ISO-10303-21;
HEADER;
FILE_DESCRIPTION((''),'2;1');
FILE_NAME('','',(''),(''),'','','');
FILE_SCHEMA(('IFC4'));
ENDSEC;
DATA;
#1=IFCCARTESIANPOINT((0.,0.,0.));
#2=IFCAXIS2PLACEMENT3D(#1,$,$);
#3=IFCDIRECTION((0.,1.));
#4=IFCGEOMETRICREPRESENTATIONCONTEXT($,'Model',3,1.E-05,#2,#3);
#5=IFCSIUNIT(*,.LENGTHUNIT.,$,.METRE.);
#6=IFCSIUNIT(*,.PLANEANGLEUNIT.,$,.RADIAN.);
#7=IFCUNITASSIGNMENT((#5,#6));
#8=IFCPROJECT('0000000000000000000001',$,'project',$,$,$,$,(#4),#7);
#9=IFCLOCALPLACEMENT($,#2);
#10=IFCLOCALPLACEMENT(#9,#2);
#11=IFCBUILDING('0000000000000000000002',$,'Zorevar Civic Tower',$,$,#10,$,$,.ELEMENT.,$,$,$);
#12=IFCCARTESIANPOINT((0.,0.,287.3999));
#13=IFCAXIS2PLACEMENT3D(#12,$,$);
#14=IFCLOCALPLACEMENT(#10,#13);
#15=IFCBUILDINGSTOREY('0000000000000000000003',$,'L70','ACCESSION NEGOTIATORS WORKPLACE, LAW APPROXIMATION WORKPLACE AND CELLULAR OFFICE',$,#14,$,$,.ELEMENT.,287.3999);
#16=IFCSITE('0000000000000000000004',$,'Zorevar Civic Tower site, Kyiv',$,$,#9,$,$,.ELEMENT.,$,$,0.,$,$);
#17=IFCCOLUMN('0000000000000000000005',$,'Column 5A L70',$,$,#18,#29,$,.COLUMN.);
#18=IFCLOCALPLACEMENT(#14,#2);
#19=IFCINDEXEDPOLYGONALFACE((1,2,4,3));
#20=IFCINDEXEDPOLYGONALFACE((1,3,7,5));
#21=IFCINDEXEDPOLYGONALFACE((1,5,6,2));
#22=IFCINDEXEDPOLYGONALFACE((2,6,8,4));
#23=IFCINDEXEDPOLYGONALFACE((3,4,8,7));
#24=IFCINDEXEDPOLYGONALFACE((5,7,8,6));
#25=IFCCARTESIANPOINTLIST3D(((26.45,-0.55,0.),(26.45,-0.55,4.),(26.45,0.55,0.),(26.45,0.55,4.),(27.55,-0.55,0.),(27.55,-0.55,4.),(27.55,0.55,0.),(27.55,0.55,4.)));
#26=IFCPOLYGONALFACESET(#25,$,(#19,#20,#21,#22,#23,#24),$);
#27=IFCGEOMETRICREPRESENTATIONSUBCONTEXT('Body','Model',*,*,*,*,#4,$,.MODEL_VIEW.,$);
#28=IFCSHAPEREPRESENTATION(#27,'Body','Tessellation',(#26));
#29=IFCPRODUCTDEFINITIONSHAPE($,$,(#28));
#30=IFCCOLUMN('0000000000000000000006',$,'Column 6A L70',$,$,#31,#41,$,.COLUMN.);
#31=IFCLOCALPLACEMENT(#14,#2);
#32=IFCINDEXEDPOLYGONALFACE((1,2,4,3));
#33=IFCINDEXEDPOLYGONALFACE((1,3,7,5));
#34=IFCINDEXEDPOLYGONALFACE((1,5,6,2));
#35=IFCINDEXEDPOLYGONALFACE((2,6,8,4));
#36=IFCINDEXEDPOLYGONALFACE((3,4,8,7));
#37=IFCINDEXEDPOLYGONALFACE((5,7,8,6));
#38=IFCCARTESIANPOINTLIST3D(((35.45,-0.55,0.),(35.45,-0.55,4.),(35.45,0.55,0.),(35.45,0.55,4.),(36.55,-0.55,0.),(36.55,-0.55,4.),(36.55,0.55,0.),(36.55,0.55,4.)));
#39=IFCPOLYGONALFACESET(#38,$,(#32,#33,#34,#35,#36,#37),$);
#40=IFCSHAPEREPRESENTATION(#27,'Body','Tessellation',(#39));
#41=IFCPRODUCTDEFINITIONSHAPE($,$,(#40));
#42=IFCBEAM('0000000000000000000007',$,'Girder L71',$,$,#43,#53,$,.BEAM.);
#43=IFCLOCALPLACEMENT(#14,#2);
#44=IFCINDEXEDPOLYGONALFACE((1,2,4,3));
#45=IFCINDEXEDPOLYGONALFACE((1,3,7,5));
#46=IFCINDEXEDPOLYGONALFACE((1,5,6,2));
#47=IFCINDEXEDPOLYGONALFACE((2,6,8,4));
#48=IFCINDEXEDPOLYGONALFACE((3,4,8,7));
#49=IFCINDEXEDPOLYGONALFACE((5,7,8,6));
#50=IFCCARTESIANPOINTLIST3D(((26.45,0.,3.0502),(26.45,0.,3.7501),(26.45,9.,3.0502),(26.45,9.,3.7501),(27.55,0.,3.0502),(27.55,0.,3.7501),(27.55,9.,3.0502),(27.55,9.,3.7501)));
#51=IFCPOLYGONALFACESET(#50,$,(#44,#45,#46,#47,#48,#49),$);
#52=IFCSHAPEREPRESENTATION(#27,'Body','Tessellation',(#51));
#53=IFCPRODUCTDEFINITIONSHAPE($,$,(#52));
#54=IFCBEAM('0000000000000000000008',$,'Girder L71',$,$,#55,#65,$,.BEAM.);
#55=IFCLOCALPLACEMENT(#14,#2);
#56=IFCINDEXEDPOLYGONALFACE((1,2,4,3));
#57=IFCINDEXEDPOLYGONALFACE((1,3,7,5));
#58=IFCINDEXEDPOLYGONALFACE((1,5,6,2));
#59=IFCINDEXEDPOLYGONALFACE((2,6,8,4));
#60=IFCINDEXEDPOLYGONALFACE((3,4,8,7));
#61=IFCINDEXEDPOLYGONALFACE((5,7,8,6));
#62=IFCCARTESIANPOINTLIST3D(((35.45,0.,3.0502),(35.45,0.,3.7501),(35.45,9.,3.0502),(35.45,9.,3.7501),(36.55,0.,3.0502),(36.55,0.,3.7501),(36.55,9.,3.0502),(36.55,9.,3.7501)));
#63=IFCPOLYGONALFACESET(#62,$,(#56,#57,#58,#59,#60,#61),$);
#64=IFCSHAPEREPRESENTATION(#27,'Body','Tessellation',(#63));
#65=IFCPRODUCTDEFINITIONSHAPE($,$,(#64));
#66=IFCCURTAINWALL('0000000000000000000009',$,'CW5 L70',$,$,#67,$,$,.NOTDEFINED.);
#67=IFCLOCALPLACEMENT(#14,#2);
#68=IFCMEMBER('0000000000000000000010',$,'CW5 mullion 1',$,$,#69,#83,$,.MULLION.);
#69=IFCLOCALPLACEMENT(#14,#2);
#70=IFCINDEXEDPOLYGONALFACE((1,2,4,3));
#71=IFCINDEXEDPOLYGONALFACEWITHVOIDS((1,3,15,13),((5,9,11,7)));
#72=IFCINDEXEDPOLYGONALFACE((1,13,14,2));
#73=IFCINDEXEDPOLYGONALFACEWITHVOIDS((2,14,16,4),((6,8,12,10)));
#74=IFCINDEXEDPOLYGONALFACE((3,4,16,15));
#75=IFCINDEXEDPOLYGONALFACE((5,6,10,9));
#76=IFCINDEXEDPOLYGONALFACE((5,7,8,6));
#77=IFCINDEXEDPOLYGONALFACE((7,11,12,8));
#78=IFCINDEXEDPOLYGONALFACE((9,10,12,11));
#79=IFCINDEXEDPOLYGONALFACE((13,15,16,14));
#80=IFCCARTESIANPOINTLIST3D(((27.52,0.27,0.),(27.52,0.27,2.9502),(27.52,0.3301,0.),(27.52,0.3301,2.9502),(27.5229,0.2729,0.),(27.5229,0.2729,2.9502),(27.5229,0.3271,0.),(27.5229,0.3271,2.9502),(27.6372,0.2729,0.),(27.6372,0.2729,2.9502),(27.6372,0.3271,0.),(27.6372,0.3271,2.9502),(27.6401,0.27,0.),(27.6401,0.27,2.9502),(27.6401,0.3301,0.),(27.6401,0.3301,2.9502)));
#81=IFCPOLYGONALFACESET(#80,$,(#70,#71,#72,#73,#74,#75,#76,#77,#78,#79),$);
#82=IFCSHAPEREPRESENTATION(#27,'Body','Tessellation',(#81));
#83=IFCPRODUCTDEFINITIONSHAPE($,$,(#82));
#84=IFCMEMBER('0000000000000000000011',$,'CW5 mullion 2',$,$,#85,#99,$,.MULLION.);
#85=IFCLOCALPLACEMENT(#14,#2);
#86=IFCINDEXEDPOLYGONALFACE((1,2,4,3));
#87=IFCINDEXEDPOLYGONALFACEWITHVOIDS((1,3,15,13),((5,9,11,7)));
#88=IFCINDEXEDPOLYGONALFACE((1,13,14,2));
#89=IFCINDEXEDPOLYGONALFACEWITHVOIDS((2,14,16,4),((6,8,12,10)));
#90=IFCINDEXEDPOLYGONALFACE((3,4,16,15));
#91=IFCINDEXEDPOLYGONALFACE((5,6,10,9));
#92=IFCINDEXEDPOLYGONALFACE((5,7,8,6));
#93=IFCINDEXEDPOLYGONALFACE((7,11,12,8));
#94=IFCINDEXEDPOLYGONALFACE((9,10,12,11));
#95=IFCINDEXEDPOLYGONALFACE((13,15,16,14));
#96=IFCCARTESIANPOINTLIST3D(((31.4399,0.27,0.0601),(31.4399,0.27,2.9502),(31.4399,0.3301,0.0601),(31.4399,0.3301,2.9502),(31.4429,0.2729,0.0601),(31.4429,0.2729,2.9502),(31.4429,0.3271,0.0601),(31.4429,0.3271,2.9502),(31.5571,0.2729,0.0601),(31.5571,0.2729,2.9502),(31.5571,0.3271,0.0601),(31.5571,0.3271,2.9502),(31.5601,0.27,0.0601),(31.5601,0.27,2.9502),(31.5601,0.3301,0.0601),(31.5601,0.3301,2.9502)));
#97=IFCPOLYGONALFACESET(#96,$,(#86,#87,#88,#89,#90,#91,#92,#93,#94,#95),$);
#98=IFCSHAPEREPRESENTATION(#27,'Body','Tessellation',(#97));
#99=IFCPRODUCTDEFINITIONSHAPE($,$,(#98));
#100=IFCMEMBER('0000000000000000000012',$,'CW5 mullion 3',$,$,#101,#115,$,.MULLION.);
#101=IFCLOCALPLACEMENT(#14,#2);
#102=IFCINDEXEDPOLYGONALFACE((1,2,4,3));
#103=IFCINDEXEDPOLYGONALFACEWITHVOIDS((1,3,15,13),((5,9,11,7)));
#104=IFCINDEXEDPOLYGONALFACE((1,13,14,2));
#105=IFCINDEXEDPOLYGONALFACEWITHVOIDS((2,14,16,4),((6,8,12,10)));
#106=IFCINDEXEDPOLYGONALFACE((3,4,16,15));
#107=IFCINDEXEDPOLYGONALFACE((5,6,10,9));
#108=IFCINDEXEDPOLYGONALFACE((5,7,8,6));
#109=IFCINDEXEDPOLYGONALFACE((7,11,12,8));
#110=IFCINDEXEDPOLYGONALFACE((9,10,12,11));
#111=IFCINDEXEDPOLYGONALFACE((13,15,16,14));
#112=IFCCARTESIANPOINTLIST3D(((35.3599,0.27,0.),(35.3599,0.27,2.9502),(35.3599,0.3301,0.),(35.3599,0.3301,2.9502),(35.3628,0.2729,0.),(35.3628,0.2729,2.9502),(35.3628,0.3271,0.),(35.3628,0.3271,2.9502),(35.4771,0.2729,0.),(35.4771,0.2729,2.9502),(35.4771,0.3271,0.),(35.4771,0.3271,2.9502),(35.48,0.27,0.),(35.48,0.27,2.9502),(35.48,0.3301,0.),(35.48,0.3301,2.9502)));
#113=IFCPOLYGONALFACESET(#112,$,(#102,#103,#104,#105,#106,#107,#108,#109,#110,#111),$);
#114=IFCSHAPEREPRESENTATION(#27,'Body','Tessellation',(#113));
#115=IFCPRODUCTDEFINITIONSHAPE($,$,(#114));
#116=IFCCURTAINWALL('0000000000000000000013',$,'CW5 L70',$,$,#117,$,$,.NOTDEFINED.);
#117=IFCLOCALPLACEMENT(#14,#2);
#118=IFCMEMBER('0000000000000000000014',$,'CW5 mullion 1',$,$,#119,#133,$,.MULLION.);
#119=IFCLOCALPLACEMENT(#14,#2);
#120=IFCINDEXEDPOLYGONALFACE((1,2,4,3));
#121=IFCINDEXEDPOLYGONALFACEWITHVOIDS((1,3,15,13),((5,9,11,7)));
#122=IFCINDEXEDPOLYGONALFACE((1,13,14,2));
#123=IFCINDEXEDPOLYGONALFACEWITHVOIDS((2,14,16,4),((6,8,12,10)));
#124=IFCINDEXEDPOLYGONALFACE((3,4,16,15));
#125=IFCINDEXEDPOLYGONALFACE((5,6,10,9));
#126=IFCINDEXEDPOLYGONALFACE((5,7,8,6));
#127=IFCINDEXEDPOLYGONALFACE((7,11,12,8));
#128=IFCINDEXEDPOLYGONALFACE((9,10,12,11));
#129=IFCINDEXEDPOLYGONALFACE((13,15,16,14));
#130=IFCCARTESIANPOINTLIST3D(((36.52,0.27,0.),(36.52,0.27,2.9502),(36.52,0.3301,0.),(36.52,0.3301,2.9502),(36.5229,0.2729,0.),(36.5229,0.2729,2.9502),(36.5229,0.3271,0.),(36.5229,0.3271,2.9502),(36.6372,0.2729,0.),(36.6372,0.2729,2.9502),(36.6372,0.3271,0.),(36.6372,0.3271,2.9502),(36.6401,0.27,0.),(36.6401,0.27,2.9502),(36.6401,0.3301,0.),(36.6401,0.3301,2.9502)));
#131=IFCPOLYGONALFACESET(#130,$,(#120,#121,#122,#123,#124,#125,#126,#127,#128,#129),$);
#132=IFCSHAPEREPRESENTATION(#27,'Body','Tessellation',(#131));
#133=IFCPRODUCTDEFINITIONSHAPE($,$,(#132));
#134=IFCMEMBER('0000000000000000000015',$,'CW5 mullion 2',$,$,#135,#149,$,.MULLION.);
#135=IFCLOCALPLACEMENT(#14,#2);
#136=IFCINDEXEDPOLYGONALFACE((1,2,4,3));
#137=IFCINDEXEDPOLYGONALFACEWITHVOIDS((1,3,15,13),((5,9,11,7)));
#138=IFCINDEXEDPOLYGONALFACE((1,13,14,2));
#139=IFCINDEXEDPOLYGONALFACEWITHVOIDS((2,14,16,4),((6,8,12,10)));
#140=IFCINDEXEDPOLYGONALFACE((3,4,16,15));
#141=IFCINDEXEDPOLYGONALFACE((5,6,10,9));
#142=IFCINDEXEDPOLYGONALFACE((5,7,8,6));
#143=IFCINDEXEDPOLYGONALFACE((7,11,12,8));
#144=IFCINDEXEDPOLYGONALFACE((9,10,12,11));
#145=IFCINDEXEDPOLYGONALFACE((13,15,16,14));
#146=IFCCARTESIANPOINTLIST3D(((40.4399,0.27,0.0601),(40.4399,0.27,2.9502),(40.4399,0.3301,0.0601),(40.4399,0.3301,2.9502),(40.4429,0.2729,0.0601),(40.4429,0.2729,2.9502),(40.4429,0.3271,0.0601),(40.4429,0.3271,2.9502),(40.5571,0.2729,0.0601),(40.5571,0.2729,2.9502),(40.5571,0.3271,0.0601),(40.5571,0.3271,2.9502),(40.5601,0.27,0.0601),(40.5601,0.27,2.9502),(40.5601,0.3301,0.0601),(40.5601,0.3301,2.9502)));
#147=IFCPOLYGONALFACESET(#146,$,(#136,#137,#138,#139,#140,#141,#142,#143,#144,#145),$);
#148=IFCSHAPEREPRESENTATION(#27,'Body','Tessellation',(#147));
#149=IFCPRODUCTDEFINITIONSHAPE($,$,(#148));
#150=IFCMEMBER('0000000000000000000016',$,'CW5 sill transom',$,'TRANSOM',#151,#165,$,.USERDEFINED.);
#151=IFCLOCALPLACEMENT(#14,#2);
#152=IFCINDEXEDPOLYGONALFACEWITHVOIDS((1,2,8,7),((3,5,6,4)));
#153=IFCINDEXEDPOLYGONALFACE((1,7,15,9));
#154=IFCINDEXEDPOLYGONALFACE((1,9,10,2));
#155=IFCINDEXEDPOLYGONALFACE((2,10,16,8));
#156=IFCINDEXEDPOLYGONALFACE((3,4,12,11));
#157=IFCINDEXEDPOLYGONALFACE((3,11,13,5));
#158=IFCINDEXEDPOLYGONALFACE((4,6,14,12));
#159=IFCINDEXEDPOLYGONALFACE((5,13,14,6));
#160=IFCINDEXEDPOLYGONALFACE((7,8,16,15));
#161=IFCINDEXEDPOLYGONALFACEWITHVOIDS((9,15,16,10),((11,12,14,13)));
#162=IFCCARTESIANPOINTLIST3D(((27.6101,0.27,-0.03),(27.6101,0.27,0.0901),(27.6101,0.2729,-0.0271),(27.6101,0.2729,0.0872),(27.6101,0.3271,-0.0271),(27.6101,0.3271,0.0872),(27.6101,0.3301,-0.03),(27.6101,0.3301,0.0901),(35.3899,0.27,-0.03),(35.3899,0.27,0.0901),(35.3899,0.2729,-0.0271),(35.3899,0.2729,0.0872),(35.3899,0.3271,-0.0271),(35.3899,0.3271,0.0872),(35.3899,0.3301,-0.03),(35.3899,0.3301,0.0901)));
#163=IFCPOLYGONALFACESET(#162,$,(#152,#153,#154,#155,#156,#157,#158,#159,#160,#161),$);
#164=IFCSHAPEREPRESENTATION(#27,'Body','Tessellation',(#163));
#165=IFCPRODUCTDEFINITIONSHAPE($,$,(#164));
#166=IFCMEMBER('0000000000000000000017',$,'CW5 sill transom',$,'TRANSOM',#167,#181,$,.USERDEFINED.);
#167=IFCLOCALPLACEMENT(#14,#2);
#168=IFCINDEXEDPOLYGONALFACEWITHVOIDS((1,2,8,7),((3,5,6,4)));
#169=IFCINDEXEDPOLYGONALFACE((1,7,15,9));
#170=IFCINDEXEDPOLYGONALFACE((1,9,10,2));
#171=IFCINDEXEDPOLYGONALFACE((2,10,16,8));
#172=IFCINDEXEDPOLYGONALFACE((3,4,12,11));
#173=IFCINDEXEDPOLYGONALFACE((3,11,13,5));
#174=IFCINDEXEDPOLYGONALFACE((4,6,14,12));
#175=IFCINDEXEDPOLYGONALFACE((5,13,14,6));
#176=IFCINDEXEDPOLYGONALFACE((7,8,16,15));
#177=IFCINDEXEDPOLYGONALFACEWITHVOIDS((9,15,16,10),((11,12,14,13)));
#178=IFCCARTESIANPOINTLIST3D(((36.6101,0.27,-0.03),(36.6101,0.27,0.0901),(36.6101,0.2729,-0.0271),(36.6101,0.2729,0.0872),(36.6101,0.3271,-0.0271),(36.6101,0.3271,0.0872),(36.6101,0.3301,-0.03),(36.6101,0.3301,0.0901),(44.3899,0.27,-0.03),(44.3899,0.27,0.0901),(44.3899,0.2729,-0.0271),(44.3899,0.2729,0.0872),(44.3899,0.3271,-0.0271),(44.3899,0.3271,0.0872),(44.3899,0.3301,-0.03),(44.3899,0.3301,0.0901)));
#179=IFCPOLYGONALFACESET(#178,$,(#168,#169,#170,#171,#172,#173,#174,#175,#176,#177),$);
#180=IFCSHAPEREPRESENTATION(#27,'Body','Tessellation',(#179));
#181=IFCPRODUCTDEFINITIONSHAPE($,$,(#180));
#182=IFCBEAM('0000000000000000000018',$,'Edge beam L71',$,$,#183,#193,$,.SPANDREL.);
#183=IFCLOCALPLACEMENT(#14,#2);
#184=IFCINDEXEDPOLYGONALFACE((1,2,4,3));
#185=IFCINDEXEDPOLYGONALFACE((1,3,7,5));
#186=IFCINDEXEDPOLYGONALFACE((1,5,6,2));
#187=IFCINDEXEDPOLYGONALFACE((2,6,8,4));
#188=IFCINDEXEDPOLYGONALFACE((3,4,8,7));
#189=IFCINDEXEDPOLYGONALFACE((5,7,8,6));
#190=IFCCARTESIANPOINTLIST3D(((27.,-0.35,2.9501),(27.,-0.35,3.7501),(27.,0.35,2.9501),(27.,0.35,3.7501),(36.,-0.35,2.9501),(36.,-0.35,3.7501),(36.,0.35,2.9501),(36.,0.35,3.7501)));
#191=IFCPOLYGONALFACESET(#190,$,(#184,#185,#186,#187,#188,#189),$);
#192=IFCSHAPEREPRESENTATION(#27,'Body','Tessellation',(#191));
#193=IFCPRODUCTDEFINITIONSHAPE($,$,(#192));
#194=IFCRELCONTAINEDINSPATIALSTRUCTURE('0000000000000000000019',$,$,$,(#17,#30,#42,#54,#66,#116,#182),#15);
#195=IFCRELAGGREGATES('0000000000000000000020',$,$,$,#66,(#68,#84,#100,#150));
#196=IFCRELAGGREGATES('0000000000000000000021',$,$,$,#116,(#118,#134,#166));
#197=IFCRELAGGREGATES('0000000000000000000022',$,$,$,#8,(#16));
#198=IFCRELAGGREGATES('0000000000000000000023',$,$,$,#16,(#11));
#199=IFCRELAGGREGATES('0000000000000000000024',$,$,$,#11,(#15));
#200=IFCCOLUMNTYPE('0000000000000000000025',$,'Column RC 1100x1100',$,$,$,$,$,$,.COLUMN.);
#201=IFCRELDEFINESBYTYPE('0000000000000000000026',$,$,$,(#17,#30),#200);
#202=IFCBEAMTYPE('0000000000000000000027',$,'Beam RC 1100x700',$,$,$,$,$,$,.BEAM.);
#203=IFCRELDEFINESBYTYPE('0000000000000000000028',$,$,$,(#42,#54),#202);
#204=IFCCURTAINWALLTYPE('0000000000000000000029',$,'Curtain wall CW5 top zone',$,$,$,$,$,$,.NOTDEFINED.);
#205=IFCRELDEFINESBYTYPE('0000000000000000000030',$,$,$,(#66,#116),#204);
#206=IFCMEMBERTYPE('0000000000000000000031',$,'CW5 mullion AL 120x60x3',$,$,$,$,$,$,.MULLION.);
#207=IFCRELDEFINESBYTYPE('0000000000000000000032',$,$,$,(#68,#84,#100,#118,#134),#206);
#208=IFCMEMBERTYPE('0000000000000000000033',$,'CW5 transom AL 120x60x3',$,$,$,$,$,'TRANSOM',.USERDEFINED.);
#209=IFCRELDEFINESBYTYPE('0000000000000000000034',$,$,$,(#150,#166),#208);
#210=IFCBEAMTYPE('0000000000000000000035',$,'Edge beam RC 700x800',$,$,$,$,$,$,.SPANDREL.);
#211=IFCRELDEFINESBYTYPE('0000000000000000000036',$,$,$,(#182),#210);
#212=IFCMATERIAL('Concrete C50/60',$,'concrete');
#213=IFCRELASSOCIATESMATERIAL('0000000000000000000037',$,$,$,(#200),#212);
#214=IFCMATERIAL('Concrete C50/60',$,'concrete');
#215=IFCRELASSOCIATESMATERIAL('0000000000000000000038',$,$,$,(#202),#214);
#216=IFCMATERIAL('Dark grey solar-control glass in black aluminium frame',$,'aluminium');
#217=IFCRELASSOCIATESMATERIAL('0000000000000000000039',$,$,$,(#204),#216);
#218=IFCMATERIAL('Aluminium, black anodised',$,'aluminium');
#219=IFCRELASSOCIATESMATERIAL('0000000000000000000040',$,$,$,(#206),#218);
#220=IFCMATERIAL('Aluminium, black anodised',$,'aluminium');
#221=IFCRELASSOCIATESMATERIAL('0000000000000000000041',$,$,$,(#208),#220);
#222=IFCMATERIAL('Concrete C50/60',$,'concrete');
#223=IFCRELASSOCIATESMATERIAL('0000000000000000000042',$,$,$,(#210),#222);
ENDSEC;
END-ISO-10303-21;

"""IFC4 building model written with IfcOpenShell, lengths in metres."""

from ifc_helpers import new_model, si_unit, direction, frame, origin, origin_2d, place, context, subcontext, project, spatial, rectangle, hollow_rectangle, extrude, material, material_profile, profile_set, type_object, element, aggregate, save


model = new_model("IFC4")

# Units and contexts
model_context = context("Model", 3, precision=1e-05, world=origin(), true_north=direction((0.0, 1.0)))
body_context = subcontext(model_context, "Body", "Model", "MODEL_VIEW")
ifc_project = project(units=[si_unit("LENGTHUNIT", "METRE"), si_unit("PLANEANGLEUNIT", "RADIAN")], contexts=[model_context])

# Site, building, storey
site_placement = place(None, origin())
site = spatial("IfcSite", under=ifc_project, at=site_placement, Name="Zorevar Civic Tower site, Kyiv", CompositionType="ELEMENT", RefElevation=0.0)
building_placement = place(site_placement, origin())
building = spatial("IfcBuilding", under=site, at=building_placement, Name="Zorevar Civic Tower", CompositionType="ELEMENT")
storey_placement = place(building_placement, frame((0.0, 0.0, 287.3999)))
storey = spatial("IfcBuildingStorey", under=building, at=storey_placement, Name="L70", Description="ACCESSION NEGOTIATORS WORKPLACE, LAW APPROXIMATION WORKPLACE AND CELLULAR OFFICE", CompositionType="ELEMENT", Elevation=287.3999)

# Columns
ifc_material_1 = material(Name="Concrete C50/60", Category="concrete")
ifc_material_profile_1 = material_profile(ifc_material_1, rectangle(XDim=1.1001, YDim=1.1001, at=origin_2d()), Name="RC 1100x1100")
ifc_profile_set_1 = profile_set([ifc_material_profile_1], Name="Concrete C50/60")
column_type = type_object("IfcColumnType", Name="Column RC 1100x1100", PredefinedType="COLUMN", material=ifc_profile_set_1)
for number, where, z_axis, x_axis, name in (
    (1, (27.0, 0.0, 0.0), (0.0, 0.0, 1.0), (1.0, 0.0, 0.0), "Column 5A L70"),
    (2, (36.0, 0.0, 0.0), (0.0, 0.0, 1.0), (1.0, 0.0, 0.0), "Column 6A L70"),
):
    element("IfcColumn", number, at=place(storey_placement, frame(where, z_axis=z_axis, x_axis=x_axis)), inside=storey, type_object=column_type, Name=name, PredefinedType="COLUMN", context=body_context, shape_type="SweptSolid", body=[
        extrude(rectangle(XDim=1.1001, YDim=1.1001, at=origin_2d()), origin(), (0.0, 0.0, 1.0), 4.0),
    ])

# Beams
ifc_material_2 = material(Name="Concrete C50/60", Category="concrete")
ifc_material_profile_2 = material_profile(ifc_material_2, rectangle(XDim=1.1001, YDim=0.7, at=origin_2d()), Name="RC 1100x700")
ifc_profile_set_2 = profile_set([ifc_material_profile_2], Name="Concrete C50/60")
beam_type_1 = type_object("IfcBeamType", Name="Beam RC 1100x700", PredefinedType="BEAM", material=ifc_profile_set_2)
for number, where, z_axis, x_axis, name in (
    (3, (27.0, 0.0, 3.4001), (0.0, 1.0, 0.0), (-1.0, 0.0, 0.0), "Girder L71"),
    (4, (36.0, 0.0, 3.4001), (0.0, 1.0, 0.0), (-1.0, 0.0, 0.0), "Girder L71"),
):
    element("IfcBeam", number, at=place(storey_placement, frame(where, z_axis=z_axis, x_axis=x_axis)), inside=storey, type_object=beam_type_1, Name=name, PredefinedType="BEAM", context=body_context, shape_type="SweptSolid", body=[
        extrude(rectangle(XDim=1.1001, YDim=0.7, at=origin_2d()), origin(), (0.0, 0.0, 1.0), 9.0),
    ])

# Curtain walls, members
ifc_material_3 = material(Name="Dark grey solar-control glass in black aluminium frame", Category="aluminium")
curtain_wall_type = type_object("IfcCurtainWallType", Name="Curtain wall CW5 top zone", PredefinedType="NOTDEFINED", material=ifc_material_3)
curtain_wall_1_placement = place(storey_placement, origin())
curtain_wall_1 = element("IfcCurtainWall", 5, at=curtain_wall_1_placement, inside=storey, type_object=curtain_wall_type, Name="CW5 L70", PredefinedType="NOTDEFINED")
ifc_material_4 = material(Name="Aluminium, black anodised", Category="aluminium")
ifc_material_profile_3 = material_profile(ifc_material_4, hollow_rectangle(XDim=0.0601, YDim=0.1201, WallThickness=0.0029, at=origin_2d()), Name="AL 120x60x3")
ifc_profile_set_3 = profile_set([ifc_material_profile_3], Name="Aluminium, black anodised")
member_type_1 = type_object("IfcMemberType", Name="CW5 mullion AL 120x60x3", PredefinedType="MULLION", material=ifc_profile_set_3)
member_1_placement = place(storey_placement, frame((27.5801, 0.3, 0.0), z_axis=(0.0, 0.0, 1.0), x_axis=(0.0, 1.0, 0.0)))
member_1 = element("IfcMember", 6, at=member_1_placement, type_object=member_type_1, Name="CW5 mullion 1", PredefinedType="MULLION", context=body_context, shape_type="SweptSolid", body=[
    extrude(hollow_rectangle(XDim=0.0601, YDim=0.1201, WallThickness=0.0029, at=origin_2d()), origin(), (0.0, 0.0, 1.0), 2.9502),
])
member_2_placement = place(storey_placement, frame((31.5, 0.3, 0.0601), z_axis=(0.0, 0.0, 1.0), x_axis=(0.0, 1.0, 0.0)))
member_2 = element("IfcMember", 7, at=member_2_placement, type_object=member_type_1, Name="CW5 mullion 2", PredefinedType="MULLION", context=body_context, shape_type="SweptSolid", body=[
    extrude(hollow_rectangle(XDim=0.0601, YDim=0.1201, WallThickness=0.0029, at=origin_2d()), origin(), (0.0, 0.0, 1.0), 2.8901),
])
member_3_placement = place(storey_placement, frame((35.4199, 0.3, 0.0), z_axis=(0.0, 0.0, 1.0), x_axis=(0.0, 1.0, 0.0)))
member_3 = element("IfcMember", 8, at=member_3_placement, type_object=member_type_1, Name="CW5 mullion 3", PredefinedType="MULLION", context=body_context, shape_type="SweptSolid", body=[
    extrude(hollow_rectangle(XDim=0.0601, YDim=0.1201, WallThickness=0.0029, at=origin_2d()), origin(), (0.0, 0.0, 1.0), 2.9502),
])
curtain_wall_2_placement = place(storey_placement, origin())
curtain_wall_2 = element("IfcCurtainWall", 9, at=curtain_wall_2_placement, inside=storey, type_object=curtain_wall_type, Name="CW5 L70", PredefinedType="NOTDEFINED")
member_4_placement = place(storey_placement, frame((36.5801, 0.3, 0.0), z_axis=(0.0, 0.0, 1.0), x_axis=(0.0, 1.0, 0.0)))
member_4 = element("IfcMember", 10, at=member_4_placement, type_object=member_type_1, Name="CW5 mullion 1", PredefinedType="MULLION", context=body_context, shape_type="SweptSolid", body=[
    extrude(hollow_rectangle(XDim=0.0601, YDim=0.1201, WallThickness=0.0029, at=origin_2d()), origin(), (0.0, 0.0, 1.0), 2.9502),
])
member_5_placement = place(storey_placement, frame((40.5, 0.3, 0.0601), z_axis=(0.0, 0.0, 1.0), x_axis=(0.0, 1.0, 0.0)))
member_5 = element("IfcMember", 11, at=member_5_placement, type_object=member_type_1, Name="CW5 mullion 2", PredefinedType="MULLION", context=body_context, shape_type="SweptSolid", body=[
    extrude(hollow_rectangle(XDim=0.0601, YDim=0.1201, WallThickness=0.0029, at=origin_2d()), origin(), (0.0, 0.0, 1.0), 2.8901),
])

# Members
ifc_material_5 = material(Name="Aluminium, black anodised", Category="aluminium")
ifc_material_profile_4 = material_profile(ifc_material_5, hollow_rectangle(XDim=0.0601, YDim=0.1201, WallThickness=0.0029, at=origin_2d()), Name="AL 120x60x3")
ifc_profile_set_4 = profile_set([ifc_material_profile_4], Name="Aluminium, black anodised")
member_type_2 = type_object("IfcMemberType", Name="CW5 transom AL 120x60x3", ElementType="TRANSOM", PredefinedType="USERDEFINED", material=ifc_profile_set_4)
member_6_placement = place(storey_placement, frame((27.6101, 0.3, 0.03), z_axis=(1.0, 0.0, 0.0), x_axis=(0.0, 1.0, 0.0)))
member_6 = element("IfcMember", 12, at=member_6_placement, type_object=member_type_2, Name="CW5 sill transom", ObjectType="TRANSOM", PredefinedType="USERDEFINED", context=body_context, shape_type="SweptSolid", body=[
    extrude(hollow_rectangle(XDim=0.0601, YDim=0.1201, WallThickness=0.0029, at=origin_2d()), origin(), (0.0, 0.0, 1.0), 7.7798),
])
member_7_placement = place(storey_placement, frame((36.6101, 0.3, 0.03), z_axis=(1.0, 0.0, 0.0), x_axis=(0.0, 1.0, 0.0)))
member_7 = element("IfcMember", 13, at=member_7_placement, type_object=member_type_2, Name="CW5 sill transom", ObjectType="TRANSOM", PredefinedType="USERDEFINED", context=body_context, shape_type="SweptSolid", body=[
    extrude(hollow_rectangle(XDim=0.0601, YDim=0.1201, WallThickness=0.0029, at=origin_2d()), origin(), (0.0, 0.0, 1.0), 7.7798),
])

# Beam
ifc_material_6 = material(Name="Concrete C50/60", Category="concrete")
ifc_material_profile_5 = material_profile(ifc_material_6, rectangle(XDim=0.7, YDim=0.8, at=origin_2d()), Name="RC 700x800")
ifc_profile_set_5 = profile_set([ifc_material_profile_5], Name="Concrete C50/60")
beam_type_2 = type_object("IfcBeamType", Name="Edge beam RC 700x800", PredefinedType="SPANDREL", material=ifc_profile_set_5)
for number, where, z_axis, x_axis, name in (
    (14, (27.0, 0.0, 3.3501), (1.0, 0.0, 0.0), (0.0, 1.0, 0.0), "Edge beam L71"),
):
    element("IfcBeam", number, at=place(storey_placement, frame(where, z_axis=z_axis, x_axis=x_axis)), inside=storey, type_object=beam_type_2, Name=name, PredefinedType="SPANDREL", context=body_context, shape_type="SweptSolid", body=[
        extrude(rectangle(XDim=0.7, YDim=0.8, at=origin_2d()), origin(), (0.0, 0.0, 1.0), 9.0),
    ])

aggregate(curtain_wall_1, [member_1, member_2, member_3, member_6])
aggregate(curtain_wall_2, [member_4, member_5, member_7])

save(model, "model.ifc")
